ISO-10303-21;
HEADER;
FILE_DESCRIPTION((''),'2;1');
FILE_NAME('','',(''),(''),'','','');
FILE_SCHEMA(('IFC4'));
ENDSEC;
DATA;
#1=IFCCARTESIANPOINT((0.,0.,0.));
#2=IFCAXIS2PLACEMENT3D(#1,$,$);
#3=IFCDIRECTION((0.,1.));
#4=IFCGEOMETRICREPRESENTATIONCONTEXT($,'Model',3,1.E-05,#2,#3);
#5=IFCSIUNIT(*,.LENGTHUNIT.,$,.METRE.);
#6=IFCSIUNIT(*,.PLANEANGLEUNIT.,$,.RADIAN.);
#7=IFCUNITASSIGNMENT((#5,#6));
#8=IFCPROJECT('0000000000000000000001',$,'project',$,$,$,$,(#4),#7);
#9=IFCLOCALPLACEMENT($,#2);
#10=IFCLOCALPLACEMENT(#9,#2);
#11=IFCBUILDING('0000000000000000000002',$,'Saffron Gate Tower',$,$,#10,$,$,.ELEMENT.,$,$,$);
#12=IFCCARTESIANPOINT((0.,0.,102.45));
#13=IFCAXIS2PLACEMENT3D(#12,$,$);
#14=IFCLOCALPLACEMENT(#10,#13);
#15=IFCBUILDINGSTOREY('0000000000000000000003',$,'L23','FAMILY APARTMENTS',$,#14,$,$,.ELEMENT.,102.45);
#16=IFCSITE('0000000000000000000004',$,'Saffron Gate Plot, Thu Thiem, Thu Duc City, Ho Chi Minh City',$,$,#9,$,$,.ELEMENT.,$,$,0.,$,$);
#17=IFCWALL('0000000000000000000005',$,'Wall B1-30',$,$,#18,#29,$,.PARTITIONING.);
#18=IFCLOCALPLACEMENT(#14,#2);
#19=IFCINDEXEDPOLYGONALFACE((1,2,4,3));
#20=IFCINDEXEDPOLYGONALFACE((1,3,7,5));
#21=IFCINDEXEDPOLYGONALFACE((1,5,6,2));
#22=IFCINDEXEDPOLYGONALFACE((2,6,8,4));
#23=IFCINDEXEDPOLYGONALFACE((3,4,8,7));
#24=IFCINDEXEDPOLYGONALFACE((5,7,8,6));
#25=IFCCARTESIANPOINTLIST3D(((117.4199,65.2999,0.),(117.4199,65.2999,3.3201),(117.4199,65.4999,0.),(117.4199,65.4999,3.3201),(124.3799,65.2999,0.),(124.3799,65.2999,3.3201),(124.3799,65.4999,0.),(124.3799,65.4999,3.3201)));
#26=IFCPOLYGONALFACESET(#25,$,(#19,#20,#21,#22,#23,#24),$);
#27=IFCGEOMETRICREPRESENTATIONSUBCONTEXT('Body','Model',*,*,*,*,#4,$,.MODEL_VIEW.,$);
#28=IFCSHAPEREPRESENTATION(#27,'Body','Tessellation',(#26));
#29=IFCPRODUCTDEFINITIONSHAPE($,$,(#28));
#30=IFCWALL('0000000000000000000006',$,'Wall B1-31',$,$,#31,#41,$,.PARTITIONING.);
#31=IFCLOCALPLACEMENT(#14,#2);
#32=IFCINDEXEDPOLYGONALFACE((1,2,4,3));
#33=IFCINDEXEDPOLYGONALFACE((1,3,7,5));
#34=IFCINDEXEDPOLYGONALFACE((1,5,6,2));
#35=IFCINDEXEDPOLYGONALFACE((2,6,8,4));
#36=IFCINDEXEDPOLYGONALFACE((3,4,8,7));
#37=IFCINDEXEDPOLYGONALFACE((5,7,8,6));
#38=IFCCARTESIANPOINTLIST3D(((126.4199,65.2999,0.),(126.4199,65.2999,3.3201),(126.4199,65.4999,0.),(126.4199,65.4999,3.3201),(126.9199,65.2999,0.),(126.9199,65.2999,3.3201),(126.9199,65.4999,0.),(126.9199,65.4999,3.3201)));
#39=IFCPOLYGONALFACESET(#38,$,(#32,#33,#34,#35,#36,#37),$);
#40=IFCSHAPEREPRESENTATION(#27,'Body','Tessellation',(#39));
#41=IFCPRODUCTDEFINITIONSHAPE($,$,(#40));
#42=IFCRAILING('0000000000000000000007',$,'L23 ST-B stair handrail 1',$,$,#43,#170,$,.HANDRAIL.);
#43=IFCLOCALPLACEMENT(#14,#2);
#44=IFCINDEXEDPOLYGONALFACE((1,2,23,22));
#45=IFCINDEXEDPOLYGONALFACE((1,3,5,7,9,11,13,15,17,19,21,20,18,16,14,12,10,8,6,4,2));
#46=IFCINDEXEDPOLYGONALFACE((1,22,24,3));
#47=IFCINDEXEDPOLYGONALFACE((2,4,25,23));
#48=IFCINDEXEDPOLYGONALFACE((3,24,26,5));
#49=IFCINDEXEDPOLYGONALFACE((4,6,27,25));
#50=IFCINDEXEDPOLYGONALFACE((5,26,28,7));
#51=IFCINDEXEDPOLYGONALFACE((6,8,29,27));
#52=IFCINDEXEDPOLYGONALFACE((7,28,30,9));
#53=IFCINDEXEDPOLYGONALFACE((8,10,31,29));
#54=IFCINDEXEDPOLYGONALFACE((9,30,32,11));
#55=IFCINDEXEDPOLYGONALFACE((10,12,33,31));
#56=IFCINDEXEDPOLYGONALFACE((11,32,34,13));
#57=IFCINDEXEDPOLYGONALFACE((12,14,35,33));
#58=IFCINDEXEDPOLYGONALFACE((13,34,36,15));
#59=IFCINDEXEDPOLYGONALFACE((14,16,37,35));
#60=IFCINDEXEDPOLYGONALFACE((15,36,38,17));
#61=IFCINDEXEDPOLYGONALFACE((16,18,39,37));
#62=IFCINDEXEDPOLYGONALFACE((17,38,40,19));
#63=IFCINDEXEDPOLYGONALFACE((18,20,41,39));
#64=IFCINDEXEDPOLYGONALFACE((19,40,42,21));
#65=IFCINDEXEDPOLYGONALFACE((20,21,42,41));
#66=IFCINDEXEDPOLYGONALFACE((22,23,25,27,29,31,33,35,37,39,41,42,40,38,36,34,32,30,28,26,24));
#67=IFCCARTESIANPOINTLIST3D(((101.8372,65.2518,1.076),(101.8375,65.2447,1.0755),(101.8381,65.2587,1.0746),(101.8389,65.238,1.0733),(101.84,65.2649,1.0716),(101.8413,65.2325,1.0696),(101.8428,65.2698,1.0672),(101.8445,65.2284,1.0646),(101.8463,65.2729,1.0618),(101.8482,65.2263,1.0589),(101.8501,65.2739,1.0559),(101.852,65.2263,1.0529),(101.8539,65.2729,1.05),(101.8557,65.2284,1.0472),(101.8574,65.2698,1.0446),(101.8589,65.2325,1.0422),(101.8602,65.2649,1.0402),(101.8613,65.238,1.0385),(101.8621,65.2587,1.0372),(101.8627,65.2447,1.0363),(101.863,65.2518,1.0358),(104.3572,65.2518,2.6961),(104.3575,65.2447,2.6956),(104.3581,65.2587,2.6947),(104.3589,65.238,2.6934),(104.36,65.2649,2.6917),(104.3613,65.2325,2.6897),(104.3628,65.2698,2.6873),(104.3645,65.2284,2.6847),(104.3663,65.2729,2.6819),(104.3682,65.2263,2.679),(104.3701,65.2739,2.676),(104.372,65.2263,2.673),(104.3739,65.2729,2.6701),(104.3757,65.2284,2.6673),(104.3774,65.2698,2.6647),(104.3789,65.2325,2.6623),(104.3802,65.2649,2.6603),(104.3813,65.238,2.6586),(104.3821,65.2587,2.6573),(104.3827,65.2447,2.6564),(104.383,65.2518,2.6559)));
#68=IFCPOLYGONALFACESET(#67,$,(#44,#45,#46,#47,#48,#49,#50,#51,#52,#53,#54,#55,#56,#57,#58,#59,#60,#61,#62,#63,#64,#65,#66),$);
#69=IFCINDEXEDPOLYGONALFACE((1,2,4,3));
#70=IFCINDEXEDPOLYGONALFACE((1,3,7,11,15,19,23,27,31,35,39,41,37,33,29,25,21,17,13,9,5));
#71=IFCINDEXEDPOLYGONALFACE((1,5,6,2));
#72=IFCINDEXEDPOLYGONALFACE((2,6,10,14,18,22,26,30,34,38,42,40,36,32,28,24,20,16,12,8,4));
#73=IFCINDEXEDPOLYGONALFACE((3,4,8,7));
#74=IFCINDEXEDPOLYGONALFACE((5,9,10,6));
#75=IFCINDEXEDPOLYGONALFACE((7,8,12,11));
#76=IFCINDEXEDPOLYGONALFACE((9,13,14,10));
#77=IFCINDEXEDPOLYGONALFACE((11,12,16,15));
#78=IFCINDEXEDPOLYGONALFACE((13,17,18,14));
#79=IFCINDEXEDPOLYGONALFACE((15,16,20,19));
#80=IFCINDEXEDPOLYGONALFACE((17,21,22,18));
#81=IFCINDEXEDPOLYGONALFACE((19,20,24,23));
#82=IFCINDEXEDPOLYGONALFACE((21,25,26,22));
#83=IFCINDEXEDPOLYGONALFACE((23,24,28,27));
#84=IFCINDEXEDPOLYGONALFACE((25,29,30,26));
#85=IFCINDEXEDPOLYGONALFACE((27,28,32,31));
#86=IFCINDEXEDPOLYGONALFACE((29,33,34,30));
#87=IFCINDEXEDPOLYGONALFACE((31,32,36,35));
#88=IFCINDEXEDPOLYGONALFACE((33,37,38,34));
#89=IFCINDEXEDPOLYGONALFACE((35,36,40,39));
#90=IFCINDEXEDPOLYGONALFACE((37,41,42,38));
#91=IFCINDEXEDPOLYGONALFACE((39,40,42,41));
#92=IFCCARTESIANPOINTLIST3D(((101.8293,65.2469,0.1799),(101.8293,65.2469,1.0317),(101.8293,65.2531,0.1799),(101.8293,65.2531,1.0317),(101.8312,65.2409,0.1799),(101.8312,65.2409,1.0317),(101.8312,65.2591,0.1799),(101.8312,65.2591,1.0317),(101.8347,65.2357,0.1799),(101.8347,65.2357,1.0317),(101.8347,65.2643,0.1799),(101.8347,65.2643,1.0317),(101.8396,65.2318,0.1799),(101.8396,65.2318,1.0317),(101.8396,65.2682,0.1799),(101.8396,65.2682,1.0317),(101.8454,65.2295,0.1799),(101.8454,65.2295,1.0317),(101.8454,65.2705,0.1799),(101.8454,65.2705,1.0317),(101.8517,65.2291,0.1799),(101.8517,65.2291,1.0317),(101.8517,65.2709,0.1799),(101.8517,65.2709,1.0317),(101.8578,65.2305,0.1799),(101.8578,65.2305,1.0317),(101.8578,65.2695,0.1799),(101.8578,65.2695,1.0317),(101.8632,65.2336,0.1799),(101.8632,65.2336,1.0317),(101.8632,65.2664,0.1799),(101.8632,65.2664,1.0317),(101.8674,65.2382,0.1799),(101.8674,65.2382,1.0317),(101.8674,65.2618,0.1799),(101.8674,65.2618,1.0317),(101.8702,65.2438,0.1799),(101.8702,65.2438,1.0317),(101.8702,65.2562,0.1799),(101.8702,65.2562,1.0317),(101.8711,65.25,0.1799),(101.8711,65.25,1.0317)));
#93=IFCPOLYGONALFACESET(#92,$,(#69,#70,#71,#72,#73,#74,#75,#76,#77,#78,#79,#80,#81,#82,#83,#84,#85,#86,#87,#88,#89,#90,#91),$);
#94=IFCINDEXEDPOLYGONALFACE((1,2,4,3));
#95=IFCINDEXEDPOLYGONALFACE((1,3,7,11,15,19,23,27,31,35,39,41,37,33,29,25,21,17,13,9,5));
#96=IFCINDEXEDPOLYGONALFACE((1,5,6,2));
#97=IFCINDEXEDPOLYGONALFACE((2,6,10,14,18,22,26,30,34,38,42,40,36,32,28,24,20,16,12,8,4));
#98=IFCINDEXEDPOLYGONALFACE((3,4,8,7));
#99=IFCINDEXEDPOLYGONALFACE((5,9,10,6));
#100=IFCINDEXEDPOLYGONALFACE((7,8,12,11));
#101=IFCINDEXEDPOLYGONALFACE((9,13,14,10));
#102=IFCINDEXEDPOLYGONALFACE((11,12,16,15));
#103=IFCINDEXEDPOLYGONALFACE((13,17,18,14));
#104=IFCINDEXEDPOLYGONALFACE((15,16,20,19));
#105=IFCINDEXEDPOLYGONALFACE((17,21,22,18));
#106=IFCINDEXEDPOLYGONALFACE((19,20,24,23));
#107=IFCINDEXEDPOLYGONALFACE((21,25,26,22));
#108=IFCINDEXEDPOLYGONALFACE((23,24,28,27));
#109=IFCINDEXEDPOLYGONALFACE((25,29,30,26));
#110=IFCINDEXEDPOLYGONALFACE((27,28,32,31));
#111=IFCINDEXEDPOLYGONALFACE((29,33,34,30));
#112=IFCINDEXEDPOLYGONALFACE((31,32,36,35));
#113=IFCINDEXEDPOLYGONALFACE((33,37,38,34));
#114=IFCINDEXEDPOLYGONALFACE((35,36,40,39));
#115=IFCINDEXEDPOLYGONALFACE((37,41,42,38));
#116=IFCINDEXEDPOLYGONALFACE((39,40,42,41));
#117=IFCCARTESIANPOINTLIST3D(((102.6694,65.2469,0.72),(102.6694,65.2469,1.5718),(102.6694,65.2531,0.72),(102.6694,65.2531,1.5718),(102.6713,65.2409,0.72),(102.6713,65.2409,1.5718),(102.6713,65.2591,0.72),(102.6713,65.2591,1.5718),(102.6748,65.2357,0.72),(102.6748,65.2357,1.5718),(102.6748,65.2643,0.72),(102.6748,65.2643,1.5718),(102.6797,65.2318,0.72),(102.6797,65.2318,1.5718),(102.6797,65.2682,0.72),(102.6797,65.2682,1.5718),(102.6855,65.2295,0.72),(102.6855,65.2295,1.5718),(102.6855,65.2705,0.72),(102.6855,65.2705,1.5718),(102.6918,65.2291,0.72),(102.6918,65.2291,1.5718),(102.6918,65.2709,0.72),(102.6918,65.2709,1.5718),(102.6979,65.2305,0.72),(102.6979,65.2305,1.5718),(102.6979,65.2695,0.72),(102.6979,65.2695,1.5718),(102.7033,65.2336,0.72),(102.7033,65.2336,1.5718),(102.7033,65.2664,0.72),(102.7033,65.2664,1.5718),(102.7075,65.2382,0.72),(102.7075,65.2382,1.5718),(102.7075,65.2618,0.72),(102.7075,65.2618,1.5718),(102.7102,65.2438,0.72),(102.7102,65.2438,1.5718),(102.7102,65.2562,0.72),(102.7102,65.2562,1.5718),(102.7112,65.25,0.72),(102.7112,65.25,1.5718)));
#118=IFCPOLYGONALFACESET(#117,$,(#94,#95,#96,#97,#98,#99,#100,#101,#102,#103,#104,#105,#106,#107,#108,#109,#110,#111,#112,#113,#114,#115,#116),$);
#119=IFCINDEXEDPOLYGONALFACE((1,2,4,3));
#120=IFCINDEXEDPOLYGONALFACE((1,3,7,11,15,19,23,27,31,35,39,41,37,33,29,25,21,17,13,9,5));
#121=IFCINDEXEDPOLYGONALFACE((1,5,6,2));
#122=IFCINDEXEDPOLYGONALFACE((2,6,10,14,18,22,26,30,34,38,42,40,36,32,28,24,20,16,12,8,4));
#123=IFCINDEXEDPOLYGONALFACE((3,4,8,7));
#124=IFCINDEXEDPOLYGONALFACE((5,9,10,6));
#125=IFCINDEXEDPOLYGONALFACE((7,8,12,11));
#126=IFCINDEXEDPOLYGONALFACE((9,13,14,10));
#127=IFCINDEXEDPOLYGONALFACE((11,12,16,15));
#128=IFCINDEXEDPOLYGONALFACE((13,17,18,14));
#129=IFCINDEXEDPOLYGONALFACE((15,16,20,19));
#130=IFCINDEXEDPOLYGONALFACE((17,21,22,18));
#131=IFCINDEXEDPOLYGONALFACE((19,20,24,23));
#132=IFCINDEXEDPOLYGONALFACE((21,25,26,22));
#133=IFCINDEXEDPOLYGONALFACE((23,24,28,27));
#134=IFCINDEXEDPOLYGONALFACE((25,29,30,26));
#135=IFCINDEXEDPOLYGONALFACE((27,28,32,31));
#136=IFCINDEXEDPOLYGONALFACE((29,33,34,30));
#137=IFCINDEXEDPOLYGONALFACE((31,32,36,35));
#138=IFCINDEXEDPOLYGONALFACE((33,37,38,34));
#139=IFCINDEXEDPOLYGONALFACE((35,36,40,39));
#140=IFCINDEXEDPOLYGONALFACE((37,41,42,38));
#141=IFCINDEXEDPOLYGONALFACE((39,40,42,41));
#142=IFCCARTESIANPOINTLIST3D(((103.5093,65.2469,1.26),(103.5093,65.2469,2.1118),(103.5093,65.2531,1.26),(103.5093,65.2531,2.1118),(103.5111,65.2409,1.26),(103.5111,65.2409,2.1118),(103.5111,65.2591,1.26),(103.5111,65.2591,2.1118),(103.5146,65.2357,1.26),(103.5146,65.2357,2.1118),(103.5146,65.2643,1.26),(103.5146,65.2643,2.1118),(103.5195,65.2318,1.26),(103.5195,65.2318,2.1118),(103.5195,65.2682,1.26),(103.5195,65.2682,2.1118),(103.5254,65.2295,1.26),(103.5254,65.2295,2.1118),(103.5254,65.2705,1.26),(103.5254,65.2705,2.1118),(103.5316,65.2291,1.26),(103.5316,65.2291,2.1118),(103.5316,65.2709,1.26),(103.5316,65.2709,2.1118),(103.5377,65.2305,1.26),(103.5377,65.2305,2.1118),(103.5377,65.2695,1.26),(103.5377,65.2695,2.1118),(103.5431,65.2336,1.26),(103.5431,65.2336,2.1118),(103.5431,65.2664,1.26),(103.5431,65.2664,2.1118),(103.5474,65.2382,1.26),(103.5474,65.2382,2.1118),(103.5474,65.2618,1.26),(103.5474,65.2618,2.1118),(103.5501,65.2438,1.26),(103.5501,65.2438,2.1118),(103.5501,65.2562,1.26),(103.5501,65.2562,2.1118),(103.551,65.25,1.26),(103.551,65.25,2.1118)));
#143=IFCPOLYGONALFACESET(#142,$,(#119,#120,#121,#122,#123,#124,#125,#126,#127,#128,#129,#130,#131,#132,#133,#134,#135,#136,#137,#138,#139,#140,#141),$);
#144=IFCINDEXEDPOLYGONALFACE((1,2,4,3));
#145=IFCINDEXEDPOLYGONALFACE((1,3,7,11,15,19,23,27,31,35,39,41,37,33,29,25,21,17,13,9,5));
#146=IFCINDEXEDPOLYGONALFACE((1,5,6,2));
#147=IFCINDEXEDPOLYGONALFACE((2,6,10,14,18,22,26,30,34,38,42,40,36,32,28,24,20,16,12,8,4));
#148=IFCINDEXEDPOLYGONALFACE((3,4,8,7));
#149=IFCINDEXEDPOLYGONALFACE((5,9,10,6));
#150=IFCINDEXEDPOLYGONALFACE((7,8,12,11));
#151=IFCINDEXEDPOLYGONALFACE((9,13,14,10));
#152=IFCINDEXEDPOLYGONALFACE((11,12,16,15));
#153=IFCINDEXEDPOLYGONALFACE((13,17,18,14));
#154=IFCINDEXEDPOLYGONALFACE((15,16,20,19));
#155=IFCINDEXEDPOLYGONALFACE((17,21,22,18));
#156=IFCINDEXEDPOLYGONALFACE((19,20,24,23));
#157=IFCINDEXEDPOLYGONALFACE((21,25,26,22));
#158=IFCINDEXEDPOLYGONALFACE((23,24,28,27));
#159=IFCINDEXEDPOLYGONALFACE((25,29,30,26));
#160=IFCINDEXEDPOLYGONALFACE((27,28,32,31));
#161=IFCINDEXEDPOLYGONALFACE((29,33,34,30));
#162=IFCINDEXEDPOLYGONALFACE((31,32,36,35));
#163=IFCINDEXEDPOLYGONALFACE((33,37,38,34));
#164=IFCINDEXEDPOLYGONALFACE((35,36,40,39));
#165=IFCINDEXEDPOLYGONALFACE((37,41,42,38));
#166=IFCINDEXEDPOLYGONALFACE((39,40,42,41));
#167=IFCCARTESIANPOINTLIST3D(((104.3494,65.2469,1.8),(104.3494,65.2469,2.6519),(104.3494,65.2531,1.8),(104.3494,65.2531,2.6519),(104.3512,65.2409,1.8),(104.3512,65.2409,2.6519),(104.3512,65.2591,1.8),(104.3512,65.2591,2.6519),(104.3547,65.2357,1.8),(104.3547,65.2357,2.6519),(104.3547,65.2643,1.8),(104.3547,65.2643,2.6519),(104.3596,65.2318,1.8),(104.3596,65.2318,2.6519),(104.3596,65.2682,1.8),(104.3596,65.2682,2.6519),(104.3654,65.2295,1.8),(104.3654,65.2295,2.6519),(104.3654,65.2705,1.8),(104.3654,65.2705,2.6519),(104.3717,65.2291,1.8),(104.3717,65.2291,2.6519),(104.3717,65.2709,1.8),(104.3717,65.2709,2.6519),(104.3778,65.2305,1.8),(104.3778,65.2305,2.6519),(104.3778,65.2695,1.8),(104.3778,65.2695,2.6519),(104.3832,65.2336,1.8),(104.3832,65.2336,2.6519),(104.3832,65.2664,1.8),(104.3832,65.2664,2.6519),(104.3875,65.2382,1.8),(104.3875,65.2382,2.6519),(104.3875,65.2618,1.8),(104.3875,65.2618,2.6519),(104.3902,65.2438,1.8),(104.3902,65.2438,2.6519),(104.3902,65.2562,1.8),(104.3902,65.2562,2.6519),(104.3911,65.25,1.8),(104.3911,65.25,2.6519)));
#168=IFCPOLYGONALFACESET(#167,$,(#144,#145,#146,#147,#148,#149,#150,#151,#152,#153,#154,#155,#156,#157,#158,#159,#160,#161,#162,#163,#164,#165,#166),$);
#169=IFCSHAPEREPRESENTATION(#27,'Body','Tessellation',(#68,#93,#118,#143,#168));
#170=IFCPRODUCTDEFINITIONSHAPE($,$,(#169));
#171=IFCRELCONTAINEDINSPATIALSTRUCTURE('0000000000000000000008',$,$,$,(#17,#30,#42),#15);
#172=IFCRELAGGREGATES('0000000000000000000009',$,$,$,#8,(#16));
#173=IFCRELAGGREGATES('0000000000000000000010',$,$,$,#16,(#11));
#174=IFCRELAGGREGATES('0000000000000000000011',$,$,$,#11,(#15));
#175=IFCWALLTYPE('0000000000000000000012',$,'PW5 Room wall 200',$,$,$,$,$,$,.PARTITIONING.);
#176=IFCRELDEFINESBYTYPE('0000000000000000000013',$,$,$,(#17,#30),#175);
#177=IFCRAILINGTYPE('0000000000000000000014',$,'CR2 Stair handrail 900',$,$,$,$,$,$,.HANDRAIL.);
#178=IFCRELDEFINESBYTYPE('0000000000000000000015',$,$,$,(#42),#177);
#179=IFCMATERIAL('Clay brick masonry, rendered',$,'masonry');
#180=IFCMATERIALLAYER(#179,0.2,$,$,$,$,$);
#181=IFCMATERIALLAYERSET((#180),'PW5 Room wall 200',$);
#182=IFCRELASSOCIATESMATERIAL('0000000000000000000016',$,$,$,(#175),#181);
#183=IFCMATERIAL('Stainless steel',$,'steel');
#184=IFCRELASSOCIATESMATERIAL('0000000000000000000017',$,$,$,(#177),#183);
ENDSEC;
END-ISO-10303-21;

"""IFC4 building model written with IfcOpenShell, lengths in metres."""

from ifc_helpers import new_model, si_unit, direction, frame, frame_2d, origin, origin_2d, place, context, subcontext, project, spatial, rectangle, circle, extrude, material, layer, layer_set, type_object, element, save


model = new_model("IFC4")

# Units and contexts
model_context = context("Model", 3, precision=1e-05, world=origin(), true_north=direction((0.0, 1.0)))
body_context = subcontext(model_context, "Body", "Model", "MODEL_VIEW")
ifc_project = project(units=[si_unit("LENGTHUNIT", "METRE"), si_unit("PLANEANGLEUNIT", "RADIAN")], contexts=[model_context])

# Site, building, storey
site_placement = place(None, origin())
site = spatial("IfcSite", under=ifc_project, at=site_placement, Name="Saffron Gate Plot, Thu Thiem, Thu Duc City, Ho Chi Minh City", CompositionType="ELEMENT", RefElevation=0.0)
building_placement = place(site_placement, origin())
building = spatial("IfcBuilding", under=site, at=building_placement, Name="Saffron Gate Tower", CompositionType="ELEMENT")
storey_placement = place(building_placement, frame((0.0, 0.0, 102.45)))
storey = spatial("IfcBuildingStorey", under=building, at=storey_placement, Name="L23", Description="FAMILY APARTMENTS", CompositionType="ELEMENT", Elevation=102.45)

# Shared definitions
ifc_material_1 = material(Name="Clay brick masonry, rendered", Category="masonry")

# Walls
ifc_layer_1 = layer(ifc_material_1, 0.2)
ifc_layer_set_1 = layer_set([ifc_layer_1], Name="PW5 Room wall 200")
wall_type_1 = type_object("IfcWallType", Name="PW5 Room wall 200", PredefinedType="PARTITIONING", material=ifc_layer_set_1)
wall_1_placement = place(storey_placement, frame((117.4199, 65.3999, 0.0), z_axis=(0.0, 0.0, 1.0), x_axis=(1.0, 0.0, 0.0)))
element("IfcWall", 1, at=wall_1_placement, inside=storey, type_object=wall_type_1, Name="Wall B1-30", PredefinedType="PARTITIONING", context=body_context, shape_type="SweptSolid", body=[
    extrude(rectangle(XDim=6.96, YDim=0.2, at=frame_2d((3.48, 0.0))), origin(), (0.0, 0.0, 1.0), 3.3201),
])
wall_2_placement = place(storey_placement, frame((126.4199, 65.3999, 0.0), z_axis=(0.0, 0.0, 1.0), x_axis=(1.0, 0.0, 0.0)))
element("IfcWall", 2, at=wall_2_placement, inside=storey, type_object=wall_type_1, Name="Wall B1-31", PredefinedType="PARTITIONING", context=body_context, shape_type="SweptSolid", body=[
    extrude(rectangle(XDim=0.5, YDim=0.2, at=frame_2d((0.25, 0.0))), origin(), (0.0, 0.0, 1.0), 3.3201),
])

# Railing
ifc_material_2 = material(Name="Stainless steel", Category="steel")
railing_type = type_object("IfcRailingType", Name="CR2 Stair handrail 900", PredefinedType="HANDRAIL", material=ifc_material_2)
railing_placement = place(storey_placement, frame((101.8501, 65.25, 0.1799)))
element("IfcRailing", 3, at=railing_placement, inside=storey, type_object=railing_type, Name="L23 ST-B stair handrail 1", PredefinedType="HANDRAIL", context=body_context, shape_type="SweptSolid", body=[
    extrude(circle(Radius=0.0239, at=origin_2d()), frame((0.0, 0.0, 0.876), z_axis=(0.841163, 0.0, 0.540782), x_axis=(0.0, 1.0, 0.0)), (0.0, 0.0, 1.0), 2.9958),
    extrude(circle(Radius=0.021, at=origin_2d()), origin(), (0.0, 0.0, 1.0), 0.8518),
    extrude(circle(Radius=0.021, at=origin_2d()), frame((0.8401, 0.0, 0.54)), (0.0, 0.0, 1.0), 0.8518),
    extrude(circle(Radius=0.021, at=origin_2d()), frame((1.6799, 0.0, 1.0801)), (0.0, 0.0, 1.0), 0.8518),
    extrude(circle(Radius=0.021, at=origin_2d()), frame((2.52, 0.0, 1.6201)), (0.0, 0.0, 1.0), 0.8518),
])

save(model, "model.ifc")
